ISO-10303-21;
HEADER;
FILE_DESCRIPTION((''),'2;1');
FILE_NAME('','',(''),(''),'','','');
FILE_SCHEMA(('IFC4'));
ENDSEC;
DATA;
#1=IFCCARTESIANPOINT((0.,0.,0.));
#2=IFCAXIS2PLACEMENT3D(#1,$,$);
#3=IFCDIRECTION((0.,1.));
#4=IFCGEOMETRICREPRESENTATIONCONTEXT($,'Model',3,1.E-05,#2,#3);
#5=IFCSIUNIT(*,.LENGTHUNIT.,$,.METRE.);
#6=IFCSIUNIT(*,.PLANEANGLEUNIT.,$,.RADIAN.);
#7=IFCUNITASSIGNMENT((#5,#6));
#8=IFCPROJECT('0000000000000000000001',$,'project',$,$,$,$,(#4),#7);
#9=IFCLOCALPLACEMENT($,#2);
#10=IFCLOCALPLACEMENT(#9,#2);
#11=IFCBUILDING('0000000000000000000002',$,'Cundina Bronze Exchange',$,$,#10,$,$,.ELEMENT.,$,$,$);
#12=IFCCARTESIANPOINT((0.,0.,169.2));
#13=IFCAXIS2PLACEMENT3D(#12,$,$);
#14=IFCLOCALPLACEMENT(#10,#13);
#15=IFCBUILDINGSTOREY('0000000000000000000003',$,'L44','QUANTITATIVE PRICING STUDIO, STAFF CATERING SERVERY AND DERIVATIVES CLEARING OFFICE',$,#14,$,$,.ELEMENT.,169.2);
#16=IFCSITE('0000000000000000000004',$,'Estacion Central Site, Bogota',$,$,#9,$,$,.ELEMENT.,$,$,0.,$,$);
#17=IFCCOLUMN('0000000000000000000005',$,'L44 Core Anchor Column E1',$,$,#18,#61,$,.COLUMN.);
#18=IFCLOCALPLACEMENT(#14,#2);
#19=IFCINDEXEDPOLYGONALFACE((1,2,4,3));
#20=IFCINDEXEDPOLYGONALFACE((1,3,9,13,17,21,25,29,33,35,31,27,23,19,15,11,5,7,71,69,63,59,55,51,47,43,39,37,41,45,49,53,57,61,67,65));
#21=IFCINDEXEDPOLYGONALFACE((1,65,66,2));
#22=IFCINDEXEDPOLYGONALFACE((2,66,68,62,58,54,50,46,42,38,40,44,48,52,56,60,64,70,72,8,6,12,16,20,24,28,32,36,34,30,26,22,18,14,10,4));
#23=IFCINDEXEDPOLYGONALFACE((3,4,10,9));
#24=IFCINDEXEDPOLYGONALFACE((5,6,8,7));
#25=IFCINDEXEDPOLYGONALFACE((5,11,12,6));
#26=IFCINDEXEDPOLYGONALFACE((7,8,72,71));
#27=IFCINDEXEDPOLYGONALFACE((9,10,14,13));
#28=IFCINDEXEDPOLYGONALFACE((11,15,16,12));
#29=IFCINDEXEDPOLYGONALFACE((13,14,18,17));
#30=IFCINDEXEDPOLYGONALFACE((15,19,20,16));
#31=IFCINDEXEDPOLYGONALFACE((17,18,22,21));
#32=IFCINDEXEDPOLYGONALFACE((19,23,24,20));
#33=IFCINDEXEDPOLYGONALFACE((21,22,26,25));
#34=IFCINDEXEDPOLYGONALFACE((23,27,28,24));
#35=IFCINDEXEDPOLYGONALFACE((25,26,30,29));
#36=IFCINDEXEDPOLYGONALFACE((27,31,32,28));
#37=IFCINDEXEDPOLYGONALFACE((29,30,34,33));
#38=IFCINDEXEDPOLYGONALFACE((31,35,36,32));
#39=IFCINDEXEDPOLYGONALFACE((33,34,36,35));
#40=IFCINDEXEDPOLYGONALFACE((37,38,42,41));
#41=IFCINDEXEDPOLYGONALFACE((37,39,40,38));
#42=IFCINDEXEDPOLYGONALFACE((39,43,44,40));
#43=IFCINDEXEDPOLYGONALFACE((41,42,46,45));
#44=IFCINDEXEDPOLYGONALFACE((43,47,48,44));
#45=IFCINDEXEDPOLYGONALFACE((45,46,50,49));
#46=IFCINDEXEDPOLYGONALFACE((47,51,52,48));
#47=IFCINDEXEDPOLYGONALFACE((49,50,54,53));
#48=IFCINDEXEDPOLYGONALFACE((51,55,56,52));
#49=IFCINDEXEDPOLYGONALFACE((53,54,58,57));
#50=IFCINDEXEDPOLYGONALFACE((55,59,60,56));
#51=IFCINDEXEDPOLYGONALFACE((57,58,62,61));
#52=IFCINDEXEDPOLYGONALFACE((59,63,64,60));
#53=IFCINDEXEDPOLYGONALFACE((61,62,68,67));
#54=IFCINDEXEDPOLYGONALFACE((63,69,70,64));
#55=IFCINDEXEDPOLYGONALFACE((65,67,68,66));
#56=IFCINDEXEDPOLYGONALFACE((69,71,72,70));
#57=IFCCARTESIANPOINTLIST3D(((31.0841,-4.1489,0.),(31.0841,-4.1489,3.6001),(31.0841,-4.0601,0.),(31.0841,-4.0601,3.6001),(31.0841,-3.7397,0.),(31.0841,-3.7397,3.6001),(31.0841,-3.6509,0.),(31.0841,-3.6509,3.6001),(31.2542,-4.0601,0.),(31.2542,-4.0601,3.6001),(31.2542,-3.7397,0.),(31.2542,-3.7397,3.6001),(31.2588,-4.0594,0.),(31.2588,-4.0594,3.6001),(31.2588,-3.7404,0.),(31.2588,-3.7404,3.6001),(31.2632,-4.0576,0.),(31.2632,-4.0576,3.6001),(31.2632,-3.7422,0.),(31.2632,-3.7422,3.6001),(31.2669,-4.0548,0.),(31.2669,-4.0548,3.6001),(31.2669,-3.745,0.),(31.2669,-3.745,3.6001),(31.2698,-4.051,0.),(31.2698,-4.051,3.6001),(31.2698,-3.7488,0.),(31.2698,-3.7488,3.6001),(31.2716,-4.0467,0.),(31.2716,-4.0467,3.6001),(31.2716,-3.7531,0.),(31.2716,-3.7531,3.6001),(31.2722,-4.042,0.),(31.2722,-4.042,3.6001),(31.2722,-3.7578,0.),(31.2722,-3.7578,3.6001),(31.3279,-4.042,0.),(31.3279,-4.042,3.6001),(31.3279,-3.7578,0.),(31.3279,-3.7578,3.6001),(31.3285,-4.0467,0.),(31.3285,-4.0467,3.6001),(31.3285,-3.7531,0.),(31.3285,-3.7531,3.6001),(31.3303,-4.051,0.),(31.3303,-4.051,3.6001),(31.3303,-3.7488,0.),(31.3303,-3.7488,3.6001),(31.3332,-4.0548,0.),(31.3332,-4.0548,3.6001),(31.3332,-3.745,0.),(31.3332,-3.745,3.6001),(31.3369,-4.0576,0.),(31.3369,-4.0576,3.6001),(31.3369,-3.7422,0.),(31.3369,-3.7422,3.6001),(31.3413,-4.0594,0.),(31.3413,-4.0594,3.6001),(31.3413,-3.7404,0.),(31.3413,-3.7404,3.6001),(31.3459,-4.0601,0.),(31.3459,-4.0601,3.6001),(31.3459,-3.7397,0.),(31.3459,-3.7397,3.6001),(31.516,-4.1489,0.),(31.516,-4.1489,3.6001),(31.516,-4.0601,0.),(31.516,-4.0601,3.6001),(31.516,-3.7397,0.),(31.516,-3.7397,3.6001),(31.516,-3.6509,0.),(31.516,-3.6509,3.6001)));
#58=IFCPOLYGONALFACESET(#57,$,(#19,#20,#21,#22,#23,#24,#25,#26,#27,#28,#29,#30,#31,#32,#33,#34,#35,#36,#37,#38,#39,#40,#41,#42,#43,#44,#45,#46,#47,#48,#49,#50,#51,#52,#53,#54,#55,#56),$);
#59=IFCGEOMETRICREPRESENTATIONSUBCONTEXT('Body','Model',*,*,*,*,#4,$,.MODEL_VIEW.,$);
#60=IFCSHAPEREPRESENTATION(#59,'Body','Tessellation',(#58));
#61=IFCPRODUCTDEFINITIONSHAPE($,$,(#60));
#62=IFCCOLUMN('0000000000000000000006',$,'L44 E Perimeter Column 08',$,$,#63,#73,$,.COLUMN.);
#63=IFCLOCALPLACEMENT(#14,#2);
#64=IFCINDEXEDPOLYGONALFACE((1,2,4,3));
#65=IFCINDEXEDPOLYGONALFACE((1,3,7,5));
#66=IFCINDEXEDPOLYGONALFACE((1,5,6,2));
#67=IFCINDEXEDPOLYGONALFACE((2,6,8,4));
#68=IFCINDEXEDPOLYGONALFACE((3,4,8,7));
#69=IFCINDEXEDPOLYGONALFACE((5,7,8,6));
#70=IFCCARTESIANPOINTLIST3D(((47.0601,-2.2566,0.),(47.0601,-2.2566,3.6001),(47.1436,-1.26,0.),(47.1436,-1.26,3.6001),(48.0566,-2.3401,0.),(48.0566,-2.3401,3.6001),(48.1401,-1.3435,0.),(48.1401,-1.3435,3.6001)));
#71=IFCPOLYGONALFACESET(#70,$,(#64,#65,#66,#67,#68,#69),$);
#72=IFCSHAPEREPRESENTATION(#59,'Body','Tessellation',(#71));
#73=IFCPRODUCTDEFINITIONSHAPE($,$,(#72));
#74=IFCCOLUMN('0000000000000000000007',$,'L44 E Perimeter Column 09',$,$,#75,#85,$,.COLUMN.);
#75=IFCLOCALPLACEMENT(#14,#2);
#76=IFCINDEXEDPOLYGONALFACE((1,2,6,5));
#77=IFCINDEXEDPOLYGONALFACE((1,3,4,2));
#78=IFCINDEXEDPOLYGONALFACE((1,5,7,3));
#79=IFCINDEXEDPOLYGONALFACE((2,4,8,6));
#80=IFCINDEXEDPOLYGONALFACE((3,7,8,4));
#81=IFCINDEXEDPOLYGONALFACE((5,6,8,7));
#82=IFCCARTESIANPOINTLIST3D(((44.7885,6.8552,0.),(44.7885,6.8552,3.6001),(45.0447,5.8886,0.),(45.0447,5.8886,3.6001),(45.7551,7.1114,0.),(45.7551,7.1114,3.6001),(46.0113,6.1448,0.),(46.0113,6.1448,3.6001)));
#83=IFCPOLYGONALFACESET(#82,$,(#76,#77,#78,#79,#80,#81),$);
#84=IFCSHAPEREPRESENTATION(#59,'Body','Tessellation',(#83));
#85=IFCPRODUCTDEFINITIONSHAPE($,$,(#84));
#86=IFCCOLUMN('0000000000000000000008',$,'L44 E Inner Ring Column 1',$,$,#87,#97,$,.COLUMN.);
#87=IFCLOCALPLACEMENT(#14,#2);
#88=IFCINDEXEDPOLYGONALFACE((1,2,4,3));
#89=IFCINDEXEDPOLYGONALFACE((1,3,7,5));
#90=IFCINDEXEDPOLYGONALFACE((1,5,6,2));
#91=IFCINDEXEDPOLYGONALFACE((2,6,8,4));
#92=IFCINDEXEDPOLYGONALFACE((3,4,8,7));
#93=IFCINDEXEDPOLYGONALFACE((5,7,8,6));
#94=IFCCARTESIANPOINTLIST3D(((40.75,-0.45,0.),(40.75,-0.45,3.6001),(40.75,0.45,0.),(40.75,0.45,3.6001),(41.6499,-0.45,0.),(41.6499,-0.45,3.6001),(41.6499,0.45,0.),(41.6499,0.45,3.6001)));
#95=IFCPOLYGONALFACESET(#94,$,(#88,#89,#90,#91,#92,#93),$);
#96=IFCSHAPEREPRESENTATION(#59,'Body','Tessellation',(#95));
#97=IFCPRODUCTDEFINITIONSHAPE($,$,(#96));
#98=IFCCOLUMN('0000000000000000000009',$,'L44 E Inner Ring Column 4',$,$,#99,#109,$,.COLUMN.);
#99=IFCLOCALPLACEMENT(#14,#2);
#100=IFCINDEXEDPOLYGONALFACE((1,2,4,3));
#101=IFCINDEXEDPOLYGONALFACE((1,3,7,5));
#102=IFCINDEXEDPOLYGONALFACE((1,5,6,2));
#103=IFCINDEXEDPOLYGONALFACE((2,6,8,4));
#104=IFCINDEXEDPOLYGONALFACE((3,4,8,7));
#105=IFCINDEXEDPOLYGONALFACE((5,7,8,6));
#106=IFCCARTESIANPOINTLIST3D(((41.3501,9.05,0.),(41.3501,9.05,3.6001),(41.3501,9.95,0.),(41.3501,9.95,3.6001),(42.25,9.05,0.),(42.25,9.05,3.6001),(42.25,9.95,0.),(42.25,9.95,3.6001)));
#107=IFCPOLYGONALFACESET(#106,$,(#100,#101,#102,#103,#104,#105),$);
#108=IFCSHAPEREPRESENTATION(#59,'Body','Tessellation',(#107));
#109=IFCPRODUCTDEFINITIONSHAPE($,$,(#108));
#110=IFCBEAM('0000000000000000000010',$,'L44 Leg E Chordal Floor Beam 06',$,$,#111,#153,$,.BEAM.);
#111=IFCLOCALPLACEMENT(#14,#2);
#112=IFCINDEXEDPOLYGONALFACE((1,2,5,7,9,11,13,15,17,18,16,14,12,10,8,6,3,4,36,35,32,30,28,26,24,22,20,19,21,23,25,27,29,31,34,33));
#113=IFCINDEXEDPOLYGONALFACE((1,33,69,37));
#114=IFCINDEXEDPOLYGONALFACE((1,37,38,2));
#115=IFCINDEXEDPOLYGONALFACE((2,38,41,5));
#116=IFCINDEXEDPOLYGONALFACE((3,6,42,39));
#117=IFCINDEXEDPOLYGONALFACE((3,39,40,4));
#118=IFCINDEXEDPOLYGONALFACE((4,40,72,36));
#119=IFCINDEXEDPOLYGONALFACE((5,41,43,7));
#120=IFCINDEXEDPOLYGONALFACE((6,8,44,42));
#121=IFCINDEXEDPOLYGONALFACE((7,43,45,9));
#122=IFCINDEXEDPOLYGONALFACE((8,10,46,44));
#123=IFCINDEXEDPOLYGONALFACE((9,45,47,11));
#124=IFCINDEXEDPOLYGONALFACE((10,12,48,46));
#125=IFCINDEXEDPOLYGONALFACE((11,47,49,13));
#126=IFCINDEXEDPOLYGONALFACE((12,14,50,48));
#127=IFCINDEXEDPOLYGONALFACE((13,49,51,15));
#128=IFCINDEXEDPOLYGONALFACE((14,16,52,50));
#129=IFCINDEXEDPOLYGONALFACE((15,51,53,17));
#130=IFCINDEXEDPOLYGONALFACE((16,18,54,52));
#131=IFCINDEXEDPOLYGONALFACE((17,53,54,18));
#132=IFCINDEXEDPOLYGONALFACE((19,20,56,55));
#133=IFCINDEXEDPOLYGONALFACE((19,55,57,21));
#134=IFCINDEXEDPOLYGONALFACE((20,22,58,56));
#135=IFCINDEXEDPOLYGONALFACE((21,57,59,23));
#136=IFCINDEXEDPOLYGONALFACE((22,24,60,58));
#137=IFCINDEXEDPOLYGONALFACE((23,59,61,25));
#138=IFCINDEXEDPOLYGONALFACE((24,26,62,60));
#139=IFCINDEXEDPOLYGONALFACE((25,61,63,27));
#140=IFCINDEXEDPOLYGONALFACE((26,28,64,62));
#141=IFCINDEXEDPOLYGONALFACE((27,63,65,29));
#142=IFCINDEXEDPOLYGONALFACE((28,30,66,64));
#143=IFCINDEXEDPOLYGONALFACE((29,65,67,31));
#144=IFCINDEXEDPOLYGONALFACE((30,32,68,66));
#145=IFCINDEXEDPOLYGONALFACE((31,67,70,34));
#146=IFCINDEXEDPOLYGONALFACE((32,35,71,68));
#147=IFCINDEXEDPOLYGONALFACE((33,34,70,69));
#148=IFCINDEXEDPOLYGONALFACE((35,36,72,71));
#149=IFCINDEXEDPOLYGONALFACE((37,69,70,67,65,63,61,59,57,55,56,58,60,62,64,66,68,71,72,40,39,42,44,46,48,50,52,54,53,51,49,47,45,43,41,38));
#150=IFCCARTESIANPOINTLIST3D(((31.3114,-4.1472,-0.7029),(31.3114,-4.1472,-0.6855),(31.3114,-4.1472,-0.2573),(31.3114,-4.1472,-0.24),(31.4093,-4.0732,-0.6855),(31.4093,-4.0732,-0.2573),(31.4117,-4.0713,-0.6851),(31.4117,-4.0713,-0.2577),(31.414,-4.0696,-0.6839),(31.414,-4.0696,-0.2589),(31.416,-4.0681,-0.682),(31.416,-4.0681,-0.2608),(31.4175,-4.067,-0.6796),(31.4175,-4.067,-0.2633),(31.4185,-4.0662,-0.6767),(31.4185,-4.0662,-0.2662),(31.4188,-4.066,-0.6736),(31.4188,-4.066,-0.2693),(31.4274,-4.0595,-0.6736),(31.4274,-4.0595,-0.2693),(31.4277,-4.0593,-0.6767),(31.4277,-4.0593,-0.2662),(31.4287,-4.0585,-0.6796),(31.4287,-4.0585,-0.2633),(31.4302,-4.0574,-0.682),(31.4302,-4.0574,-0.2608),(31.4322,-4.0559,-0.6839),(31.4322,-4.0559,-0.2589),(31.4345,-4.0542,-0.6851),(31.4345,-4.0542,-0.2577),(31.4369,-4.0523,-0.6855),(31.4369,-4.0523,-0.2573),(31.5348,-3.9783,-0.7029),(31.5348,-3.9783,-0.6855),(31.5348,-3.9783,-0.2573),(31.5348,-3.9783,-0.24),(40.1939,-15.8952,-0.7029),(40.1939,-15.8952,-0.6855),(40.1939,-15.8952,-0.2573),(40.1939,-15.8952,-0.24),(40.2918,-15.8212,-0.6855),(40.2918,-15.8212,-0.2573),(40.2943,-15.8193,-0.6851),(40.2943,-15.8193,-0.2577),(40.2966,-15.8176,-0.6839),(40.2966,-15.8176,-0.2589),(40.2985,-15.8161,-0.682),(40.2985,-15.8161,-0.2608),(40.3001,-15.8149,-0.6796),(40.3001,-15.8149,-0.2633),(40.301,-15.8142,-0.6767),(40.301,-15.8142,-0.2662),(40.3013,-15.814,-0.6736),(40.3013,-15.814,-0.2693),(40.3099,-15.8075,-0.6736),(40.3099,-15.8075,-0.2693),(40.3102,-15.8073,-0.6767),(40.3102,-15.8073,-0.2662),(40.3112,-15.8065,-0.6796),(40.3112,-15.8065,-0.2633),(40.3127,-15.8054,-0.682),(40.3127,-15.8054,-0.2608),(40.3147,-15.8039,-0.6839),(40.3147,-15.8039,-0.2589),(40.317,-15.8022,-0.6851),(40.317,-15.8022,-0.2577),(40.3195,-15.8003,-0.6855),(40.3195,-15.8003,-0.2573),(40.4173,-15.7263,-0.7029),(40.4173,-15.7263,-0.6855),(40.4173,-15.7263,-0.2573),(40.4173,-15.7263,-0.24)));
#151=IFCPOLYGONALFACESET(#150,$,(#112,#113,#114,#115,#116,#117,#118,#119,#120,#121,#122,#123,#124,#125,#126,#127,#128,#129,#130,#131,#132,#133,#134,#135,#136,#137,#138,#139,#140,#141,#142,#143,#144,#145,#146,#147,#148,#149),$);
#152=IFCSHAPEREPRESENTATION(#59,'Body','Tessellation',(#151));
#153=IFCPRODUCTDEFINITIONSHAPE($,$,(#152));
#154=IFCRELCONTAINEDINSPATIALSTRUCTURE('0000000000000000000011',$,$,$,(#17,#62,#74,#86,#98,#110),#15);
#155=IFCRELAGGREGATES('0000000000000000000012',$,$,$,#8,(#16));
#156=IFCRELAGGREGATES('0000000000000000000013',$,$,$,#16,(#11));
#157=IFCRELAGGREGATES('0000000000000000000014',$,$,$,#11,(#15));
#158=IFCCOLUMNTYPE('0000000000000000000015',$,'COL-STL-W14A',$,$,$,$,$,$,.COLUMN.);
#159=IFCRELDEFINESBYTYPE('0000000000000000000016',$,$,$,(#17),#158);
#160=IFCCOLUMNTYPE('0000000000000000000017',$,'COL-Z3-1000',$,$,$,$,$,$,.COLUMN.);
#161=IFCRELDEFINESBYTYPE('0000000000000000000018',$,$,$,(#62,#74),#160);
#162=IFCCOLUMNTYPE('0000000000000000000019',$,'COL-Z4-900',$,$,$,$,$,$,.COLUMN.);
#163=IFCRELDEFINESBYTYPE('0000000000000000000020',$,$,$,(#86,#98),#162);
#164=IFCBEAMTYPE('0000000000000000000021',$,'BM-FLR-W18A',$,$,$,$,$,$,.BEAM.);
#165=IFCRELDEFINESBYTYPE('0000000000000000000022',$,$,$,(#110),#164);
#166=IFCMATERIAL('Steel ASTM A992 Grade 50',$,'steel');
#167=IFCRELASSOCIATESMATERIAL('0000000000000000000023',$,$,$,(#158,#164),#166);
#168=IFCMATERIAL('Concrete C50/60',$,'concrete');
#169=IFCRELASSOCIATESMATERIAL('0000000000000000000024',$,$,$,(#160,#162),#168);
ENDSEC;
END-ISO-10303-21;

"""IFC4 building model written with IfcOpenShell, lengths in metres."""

from ifc_helpers import new_model, si_unit, direction, frame, origin, origin_2d, place, context, subcontext, project, spatial, rectangle, i_section, extrude, material, material_profile, profile_set, type_object, element, save


model = new_model("IFC4")

# Units and contexts
model_context = context("Model", 3, precision=1e-05, world=origin(), true_north=direction((0.0, 1.0)))
body_context = subcontext(model_context, "Body", "Model", "MODEL_VIEW")
ifc_project = project(units=[si_unit("LENGTHUNIT", "METRE"), si_unit("PLANEANGLEUNIT", "RADIAN")], contexts=[model_context])

# Site, building, storey
site_placement = place(None, origin())
site = spatial("IfcSite", under=ifc_project, at=site_placement, Name="Estacion Central Site, Bogota", CompositionType="ELEMENT", RefElevation=0.0)
building_placement = place(site_placement, origin())
building = spatial("IfcBuilding", under=site, at=building_placement, Name="Cundina Bronze Exchange", CompositionType="ELEMENT")
storey_placement = place(building_placement, frame((0.0, 0.0, 169.2)))
storey = spatial("IfcBuildingStorey", under=building, at=storey_placement, Name="L44", Description="QUANTITATIVE PRICING STUDIO, STAFF CATERING SERVERY AND DERIVATIVES CLEARING OFFICE", CompositionType="ELEMENT", Elevation=169.2)

# Columns
ifc_material_1 = material(Name="Steel ASTM A992 Grade 50", Category="steel")
ifc_material_profile_1 = material_profile(ifc_material_1, i_section(OverallWidth=0.4319, OverallDepth=0.498, WebThickness=0.0557, FlangeThickness=0.0889, FilletRadius=0.0181, at=origin_2d()), Name="W14X500", Category="steel")
ifc_profile_set_1 = profile_set([ifc_material_profile_1], Name="Steel ASTM A992 Grade 50")
column_type_1 = type_object("IfcColumnType", Name="COL-STL-W14A", PredefinedType="COLUMN", material=ifc_profile_set_1)
column_placement = place(storey_placement, frame((31.3, -3.8999, 0.0), z_axis=(0.0, 0.0, 1.0), x_axis=(1.0, 0.0, 0.0)))
element("IfcColumn", 1, at=column_placement, inside=storey, type_object=column_type_1, Name="L44 Core Anchor Column E1", PredefinedType="COLUMN", context=body_context, shape_type="SweptSolid", body=[
    extrude(i_section(OverallWidth=0.4319, OverallDepth=0.498, WebThickness=0.0557, FlangeThickness=0.0889, FilletRadius=0.0181, at=origin_2d()), origin(), (0.0, 0.0, 1.0), 3.6001),
])
ifc_material_2 = material(Name="Concrete C50/60", Category="concrete")
ifc_material_profile_2 = material_profile(ifc_material_2, rectangle(XDim=1.0, YDim=1.0, at=origin_2d()), Name="RC1000X1000", Category="concrete")
ifc_profile_set_2 = profile_set([ifc_material_profile_2], Name="Concrete C50/60")
column_type_2 = type_object("IfcColumnType", Name="COL-Z3-1000", PredefinedType="COLUMN", material=ifc_profile_set_2)
for number, where, z_axis, x_axis, name in (
    (2, (47.6001, -1.8, 0.0), (0.0, 0.0, 1.0), (0.083504, 0.996507, 0.0), "L44 E Perimeter Column 08"),
    (3, (45.3999, 6.5, 0.0), (0.0, 0.0, 1.0), (-0.256289, 0.9666, 0.0), "L44 E Perimeter Column 09"),
):
    element("IfcColumn", number, at=place(storey_placement, frame(where, z_axis=z_axis, x_axis=x_axis)), inside=storey, type_object=column_type_2, Name=name, PredefinedType="COLUMN", context=body_context, shape_type="SweptSolid", body=[
        extrude(rectangle(XDim=1.0, YDim=1.0, at=origin_2d()), origin(), (0.0, 0.0, 1.0), 3.6001),
    ])
ifc_material_profile_3 = material_profile(ifc_material_2, rectangle(XDim=0.8999, YDim=0.8999, at=origin_2d()), Name="RC900X900", Category="concrete")
ifc_profile_set_3 = profile_set([ifc_material_profile_3], Name="Concrete C50/60")
column_type_3 = type_object("IfcColumnType", Name="COL-Z4-900", PredefinedType="COLUMN", material=ifc_profile_set_3)
for number, where, z_axis, x_axis, name in (
    (4, (41.2, 0.0, 0.0), (0.0, 0.0, 1.0), (1.0, 0.0, 0.0), "L44 E Inner Ring Column 1"),
    (5, (41.8, 9.5, 0.0), (0.0, 0.0, 1.0), (1.0, 0.0, 0.0), "L44 E Inner Ring Column 4"),
):
    element("IfcColumn", number, at=place(storey_placement, frame(where, z_axis=z_axis, x_axis=x_axis)), inside=storey, type_object=column_type_3, Name=name, PredefinedType="COLUMN", context=body_context, shape_type="SweptSolid", body=[
        extrude(rectangle(XDim=0.8999, YDim=0.8999, at=origin_2d()), origin(), (0.0, 0.0, 1.0), 3.6001),
    ])

# Beam
ifc_material_profile_4 = material_profile(ifc_material_1, i_section(OverallWidth=0.28, OverallDepth=0.4629, WebThickness=0.0107, FlangeThickness=0.0173, FilletRadius=0.012, at=origin_2d()), Name="W18X76", Category="steel")
ifc_profile_set_4 = profile_set([ifc_material_profile_4], Name="Steel ASTM A992 Grade 50")
beam_type_1 = type_object("IfcBeamType", Name="BM-FLR-W18A", PredefinedType="BEAM", material=ifc_profile_set_4)
beam_1_placement = place(storey_placement, frame((31.4231, -4.0627, -0.4714), z_axis=(0.603104, -0.797663, 0.0), x_axis=(0.797663, 0.603104, 0.0)))
element("IfcBeam", 6, at=beam_1_placement, inside=storey, type_object=beam_type_1, Name="L44 Leg E Chordal Floor Beam 06", PredefinedType="BEAM", context=body_context, shape_type="SweptSolid", body=[
    extrude(i_section(OverallWidth=0.28, OverallDepth=0.4629, WebThickness=0.0107, FlangeThickness=0.0173, FilletRadius=0.012, at=origin_2d()), origin(), (0.0, 0.0, 1.0), 14.728),
])

save(model, "model.ifc")
